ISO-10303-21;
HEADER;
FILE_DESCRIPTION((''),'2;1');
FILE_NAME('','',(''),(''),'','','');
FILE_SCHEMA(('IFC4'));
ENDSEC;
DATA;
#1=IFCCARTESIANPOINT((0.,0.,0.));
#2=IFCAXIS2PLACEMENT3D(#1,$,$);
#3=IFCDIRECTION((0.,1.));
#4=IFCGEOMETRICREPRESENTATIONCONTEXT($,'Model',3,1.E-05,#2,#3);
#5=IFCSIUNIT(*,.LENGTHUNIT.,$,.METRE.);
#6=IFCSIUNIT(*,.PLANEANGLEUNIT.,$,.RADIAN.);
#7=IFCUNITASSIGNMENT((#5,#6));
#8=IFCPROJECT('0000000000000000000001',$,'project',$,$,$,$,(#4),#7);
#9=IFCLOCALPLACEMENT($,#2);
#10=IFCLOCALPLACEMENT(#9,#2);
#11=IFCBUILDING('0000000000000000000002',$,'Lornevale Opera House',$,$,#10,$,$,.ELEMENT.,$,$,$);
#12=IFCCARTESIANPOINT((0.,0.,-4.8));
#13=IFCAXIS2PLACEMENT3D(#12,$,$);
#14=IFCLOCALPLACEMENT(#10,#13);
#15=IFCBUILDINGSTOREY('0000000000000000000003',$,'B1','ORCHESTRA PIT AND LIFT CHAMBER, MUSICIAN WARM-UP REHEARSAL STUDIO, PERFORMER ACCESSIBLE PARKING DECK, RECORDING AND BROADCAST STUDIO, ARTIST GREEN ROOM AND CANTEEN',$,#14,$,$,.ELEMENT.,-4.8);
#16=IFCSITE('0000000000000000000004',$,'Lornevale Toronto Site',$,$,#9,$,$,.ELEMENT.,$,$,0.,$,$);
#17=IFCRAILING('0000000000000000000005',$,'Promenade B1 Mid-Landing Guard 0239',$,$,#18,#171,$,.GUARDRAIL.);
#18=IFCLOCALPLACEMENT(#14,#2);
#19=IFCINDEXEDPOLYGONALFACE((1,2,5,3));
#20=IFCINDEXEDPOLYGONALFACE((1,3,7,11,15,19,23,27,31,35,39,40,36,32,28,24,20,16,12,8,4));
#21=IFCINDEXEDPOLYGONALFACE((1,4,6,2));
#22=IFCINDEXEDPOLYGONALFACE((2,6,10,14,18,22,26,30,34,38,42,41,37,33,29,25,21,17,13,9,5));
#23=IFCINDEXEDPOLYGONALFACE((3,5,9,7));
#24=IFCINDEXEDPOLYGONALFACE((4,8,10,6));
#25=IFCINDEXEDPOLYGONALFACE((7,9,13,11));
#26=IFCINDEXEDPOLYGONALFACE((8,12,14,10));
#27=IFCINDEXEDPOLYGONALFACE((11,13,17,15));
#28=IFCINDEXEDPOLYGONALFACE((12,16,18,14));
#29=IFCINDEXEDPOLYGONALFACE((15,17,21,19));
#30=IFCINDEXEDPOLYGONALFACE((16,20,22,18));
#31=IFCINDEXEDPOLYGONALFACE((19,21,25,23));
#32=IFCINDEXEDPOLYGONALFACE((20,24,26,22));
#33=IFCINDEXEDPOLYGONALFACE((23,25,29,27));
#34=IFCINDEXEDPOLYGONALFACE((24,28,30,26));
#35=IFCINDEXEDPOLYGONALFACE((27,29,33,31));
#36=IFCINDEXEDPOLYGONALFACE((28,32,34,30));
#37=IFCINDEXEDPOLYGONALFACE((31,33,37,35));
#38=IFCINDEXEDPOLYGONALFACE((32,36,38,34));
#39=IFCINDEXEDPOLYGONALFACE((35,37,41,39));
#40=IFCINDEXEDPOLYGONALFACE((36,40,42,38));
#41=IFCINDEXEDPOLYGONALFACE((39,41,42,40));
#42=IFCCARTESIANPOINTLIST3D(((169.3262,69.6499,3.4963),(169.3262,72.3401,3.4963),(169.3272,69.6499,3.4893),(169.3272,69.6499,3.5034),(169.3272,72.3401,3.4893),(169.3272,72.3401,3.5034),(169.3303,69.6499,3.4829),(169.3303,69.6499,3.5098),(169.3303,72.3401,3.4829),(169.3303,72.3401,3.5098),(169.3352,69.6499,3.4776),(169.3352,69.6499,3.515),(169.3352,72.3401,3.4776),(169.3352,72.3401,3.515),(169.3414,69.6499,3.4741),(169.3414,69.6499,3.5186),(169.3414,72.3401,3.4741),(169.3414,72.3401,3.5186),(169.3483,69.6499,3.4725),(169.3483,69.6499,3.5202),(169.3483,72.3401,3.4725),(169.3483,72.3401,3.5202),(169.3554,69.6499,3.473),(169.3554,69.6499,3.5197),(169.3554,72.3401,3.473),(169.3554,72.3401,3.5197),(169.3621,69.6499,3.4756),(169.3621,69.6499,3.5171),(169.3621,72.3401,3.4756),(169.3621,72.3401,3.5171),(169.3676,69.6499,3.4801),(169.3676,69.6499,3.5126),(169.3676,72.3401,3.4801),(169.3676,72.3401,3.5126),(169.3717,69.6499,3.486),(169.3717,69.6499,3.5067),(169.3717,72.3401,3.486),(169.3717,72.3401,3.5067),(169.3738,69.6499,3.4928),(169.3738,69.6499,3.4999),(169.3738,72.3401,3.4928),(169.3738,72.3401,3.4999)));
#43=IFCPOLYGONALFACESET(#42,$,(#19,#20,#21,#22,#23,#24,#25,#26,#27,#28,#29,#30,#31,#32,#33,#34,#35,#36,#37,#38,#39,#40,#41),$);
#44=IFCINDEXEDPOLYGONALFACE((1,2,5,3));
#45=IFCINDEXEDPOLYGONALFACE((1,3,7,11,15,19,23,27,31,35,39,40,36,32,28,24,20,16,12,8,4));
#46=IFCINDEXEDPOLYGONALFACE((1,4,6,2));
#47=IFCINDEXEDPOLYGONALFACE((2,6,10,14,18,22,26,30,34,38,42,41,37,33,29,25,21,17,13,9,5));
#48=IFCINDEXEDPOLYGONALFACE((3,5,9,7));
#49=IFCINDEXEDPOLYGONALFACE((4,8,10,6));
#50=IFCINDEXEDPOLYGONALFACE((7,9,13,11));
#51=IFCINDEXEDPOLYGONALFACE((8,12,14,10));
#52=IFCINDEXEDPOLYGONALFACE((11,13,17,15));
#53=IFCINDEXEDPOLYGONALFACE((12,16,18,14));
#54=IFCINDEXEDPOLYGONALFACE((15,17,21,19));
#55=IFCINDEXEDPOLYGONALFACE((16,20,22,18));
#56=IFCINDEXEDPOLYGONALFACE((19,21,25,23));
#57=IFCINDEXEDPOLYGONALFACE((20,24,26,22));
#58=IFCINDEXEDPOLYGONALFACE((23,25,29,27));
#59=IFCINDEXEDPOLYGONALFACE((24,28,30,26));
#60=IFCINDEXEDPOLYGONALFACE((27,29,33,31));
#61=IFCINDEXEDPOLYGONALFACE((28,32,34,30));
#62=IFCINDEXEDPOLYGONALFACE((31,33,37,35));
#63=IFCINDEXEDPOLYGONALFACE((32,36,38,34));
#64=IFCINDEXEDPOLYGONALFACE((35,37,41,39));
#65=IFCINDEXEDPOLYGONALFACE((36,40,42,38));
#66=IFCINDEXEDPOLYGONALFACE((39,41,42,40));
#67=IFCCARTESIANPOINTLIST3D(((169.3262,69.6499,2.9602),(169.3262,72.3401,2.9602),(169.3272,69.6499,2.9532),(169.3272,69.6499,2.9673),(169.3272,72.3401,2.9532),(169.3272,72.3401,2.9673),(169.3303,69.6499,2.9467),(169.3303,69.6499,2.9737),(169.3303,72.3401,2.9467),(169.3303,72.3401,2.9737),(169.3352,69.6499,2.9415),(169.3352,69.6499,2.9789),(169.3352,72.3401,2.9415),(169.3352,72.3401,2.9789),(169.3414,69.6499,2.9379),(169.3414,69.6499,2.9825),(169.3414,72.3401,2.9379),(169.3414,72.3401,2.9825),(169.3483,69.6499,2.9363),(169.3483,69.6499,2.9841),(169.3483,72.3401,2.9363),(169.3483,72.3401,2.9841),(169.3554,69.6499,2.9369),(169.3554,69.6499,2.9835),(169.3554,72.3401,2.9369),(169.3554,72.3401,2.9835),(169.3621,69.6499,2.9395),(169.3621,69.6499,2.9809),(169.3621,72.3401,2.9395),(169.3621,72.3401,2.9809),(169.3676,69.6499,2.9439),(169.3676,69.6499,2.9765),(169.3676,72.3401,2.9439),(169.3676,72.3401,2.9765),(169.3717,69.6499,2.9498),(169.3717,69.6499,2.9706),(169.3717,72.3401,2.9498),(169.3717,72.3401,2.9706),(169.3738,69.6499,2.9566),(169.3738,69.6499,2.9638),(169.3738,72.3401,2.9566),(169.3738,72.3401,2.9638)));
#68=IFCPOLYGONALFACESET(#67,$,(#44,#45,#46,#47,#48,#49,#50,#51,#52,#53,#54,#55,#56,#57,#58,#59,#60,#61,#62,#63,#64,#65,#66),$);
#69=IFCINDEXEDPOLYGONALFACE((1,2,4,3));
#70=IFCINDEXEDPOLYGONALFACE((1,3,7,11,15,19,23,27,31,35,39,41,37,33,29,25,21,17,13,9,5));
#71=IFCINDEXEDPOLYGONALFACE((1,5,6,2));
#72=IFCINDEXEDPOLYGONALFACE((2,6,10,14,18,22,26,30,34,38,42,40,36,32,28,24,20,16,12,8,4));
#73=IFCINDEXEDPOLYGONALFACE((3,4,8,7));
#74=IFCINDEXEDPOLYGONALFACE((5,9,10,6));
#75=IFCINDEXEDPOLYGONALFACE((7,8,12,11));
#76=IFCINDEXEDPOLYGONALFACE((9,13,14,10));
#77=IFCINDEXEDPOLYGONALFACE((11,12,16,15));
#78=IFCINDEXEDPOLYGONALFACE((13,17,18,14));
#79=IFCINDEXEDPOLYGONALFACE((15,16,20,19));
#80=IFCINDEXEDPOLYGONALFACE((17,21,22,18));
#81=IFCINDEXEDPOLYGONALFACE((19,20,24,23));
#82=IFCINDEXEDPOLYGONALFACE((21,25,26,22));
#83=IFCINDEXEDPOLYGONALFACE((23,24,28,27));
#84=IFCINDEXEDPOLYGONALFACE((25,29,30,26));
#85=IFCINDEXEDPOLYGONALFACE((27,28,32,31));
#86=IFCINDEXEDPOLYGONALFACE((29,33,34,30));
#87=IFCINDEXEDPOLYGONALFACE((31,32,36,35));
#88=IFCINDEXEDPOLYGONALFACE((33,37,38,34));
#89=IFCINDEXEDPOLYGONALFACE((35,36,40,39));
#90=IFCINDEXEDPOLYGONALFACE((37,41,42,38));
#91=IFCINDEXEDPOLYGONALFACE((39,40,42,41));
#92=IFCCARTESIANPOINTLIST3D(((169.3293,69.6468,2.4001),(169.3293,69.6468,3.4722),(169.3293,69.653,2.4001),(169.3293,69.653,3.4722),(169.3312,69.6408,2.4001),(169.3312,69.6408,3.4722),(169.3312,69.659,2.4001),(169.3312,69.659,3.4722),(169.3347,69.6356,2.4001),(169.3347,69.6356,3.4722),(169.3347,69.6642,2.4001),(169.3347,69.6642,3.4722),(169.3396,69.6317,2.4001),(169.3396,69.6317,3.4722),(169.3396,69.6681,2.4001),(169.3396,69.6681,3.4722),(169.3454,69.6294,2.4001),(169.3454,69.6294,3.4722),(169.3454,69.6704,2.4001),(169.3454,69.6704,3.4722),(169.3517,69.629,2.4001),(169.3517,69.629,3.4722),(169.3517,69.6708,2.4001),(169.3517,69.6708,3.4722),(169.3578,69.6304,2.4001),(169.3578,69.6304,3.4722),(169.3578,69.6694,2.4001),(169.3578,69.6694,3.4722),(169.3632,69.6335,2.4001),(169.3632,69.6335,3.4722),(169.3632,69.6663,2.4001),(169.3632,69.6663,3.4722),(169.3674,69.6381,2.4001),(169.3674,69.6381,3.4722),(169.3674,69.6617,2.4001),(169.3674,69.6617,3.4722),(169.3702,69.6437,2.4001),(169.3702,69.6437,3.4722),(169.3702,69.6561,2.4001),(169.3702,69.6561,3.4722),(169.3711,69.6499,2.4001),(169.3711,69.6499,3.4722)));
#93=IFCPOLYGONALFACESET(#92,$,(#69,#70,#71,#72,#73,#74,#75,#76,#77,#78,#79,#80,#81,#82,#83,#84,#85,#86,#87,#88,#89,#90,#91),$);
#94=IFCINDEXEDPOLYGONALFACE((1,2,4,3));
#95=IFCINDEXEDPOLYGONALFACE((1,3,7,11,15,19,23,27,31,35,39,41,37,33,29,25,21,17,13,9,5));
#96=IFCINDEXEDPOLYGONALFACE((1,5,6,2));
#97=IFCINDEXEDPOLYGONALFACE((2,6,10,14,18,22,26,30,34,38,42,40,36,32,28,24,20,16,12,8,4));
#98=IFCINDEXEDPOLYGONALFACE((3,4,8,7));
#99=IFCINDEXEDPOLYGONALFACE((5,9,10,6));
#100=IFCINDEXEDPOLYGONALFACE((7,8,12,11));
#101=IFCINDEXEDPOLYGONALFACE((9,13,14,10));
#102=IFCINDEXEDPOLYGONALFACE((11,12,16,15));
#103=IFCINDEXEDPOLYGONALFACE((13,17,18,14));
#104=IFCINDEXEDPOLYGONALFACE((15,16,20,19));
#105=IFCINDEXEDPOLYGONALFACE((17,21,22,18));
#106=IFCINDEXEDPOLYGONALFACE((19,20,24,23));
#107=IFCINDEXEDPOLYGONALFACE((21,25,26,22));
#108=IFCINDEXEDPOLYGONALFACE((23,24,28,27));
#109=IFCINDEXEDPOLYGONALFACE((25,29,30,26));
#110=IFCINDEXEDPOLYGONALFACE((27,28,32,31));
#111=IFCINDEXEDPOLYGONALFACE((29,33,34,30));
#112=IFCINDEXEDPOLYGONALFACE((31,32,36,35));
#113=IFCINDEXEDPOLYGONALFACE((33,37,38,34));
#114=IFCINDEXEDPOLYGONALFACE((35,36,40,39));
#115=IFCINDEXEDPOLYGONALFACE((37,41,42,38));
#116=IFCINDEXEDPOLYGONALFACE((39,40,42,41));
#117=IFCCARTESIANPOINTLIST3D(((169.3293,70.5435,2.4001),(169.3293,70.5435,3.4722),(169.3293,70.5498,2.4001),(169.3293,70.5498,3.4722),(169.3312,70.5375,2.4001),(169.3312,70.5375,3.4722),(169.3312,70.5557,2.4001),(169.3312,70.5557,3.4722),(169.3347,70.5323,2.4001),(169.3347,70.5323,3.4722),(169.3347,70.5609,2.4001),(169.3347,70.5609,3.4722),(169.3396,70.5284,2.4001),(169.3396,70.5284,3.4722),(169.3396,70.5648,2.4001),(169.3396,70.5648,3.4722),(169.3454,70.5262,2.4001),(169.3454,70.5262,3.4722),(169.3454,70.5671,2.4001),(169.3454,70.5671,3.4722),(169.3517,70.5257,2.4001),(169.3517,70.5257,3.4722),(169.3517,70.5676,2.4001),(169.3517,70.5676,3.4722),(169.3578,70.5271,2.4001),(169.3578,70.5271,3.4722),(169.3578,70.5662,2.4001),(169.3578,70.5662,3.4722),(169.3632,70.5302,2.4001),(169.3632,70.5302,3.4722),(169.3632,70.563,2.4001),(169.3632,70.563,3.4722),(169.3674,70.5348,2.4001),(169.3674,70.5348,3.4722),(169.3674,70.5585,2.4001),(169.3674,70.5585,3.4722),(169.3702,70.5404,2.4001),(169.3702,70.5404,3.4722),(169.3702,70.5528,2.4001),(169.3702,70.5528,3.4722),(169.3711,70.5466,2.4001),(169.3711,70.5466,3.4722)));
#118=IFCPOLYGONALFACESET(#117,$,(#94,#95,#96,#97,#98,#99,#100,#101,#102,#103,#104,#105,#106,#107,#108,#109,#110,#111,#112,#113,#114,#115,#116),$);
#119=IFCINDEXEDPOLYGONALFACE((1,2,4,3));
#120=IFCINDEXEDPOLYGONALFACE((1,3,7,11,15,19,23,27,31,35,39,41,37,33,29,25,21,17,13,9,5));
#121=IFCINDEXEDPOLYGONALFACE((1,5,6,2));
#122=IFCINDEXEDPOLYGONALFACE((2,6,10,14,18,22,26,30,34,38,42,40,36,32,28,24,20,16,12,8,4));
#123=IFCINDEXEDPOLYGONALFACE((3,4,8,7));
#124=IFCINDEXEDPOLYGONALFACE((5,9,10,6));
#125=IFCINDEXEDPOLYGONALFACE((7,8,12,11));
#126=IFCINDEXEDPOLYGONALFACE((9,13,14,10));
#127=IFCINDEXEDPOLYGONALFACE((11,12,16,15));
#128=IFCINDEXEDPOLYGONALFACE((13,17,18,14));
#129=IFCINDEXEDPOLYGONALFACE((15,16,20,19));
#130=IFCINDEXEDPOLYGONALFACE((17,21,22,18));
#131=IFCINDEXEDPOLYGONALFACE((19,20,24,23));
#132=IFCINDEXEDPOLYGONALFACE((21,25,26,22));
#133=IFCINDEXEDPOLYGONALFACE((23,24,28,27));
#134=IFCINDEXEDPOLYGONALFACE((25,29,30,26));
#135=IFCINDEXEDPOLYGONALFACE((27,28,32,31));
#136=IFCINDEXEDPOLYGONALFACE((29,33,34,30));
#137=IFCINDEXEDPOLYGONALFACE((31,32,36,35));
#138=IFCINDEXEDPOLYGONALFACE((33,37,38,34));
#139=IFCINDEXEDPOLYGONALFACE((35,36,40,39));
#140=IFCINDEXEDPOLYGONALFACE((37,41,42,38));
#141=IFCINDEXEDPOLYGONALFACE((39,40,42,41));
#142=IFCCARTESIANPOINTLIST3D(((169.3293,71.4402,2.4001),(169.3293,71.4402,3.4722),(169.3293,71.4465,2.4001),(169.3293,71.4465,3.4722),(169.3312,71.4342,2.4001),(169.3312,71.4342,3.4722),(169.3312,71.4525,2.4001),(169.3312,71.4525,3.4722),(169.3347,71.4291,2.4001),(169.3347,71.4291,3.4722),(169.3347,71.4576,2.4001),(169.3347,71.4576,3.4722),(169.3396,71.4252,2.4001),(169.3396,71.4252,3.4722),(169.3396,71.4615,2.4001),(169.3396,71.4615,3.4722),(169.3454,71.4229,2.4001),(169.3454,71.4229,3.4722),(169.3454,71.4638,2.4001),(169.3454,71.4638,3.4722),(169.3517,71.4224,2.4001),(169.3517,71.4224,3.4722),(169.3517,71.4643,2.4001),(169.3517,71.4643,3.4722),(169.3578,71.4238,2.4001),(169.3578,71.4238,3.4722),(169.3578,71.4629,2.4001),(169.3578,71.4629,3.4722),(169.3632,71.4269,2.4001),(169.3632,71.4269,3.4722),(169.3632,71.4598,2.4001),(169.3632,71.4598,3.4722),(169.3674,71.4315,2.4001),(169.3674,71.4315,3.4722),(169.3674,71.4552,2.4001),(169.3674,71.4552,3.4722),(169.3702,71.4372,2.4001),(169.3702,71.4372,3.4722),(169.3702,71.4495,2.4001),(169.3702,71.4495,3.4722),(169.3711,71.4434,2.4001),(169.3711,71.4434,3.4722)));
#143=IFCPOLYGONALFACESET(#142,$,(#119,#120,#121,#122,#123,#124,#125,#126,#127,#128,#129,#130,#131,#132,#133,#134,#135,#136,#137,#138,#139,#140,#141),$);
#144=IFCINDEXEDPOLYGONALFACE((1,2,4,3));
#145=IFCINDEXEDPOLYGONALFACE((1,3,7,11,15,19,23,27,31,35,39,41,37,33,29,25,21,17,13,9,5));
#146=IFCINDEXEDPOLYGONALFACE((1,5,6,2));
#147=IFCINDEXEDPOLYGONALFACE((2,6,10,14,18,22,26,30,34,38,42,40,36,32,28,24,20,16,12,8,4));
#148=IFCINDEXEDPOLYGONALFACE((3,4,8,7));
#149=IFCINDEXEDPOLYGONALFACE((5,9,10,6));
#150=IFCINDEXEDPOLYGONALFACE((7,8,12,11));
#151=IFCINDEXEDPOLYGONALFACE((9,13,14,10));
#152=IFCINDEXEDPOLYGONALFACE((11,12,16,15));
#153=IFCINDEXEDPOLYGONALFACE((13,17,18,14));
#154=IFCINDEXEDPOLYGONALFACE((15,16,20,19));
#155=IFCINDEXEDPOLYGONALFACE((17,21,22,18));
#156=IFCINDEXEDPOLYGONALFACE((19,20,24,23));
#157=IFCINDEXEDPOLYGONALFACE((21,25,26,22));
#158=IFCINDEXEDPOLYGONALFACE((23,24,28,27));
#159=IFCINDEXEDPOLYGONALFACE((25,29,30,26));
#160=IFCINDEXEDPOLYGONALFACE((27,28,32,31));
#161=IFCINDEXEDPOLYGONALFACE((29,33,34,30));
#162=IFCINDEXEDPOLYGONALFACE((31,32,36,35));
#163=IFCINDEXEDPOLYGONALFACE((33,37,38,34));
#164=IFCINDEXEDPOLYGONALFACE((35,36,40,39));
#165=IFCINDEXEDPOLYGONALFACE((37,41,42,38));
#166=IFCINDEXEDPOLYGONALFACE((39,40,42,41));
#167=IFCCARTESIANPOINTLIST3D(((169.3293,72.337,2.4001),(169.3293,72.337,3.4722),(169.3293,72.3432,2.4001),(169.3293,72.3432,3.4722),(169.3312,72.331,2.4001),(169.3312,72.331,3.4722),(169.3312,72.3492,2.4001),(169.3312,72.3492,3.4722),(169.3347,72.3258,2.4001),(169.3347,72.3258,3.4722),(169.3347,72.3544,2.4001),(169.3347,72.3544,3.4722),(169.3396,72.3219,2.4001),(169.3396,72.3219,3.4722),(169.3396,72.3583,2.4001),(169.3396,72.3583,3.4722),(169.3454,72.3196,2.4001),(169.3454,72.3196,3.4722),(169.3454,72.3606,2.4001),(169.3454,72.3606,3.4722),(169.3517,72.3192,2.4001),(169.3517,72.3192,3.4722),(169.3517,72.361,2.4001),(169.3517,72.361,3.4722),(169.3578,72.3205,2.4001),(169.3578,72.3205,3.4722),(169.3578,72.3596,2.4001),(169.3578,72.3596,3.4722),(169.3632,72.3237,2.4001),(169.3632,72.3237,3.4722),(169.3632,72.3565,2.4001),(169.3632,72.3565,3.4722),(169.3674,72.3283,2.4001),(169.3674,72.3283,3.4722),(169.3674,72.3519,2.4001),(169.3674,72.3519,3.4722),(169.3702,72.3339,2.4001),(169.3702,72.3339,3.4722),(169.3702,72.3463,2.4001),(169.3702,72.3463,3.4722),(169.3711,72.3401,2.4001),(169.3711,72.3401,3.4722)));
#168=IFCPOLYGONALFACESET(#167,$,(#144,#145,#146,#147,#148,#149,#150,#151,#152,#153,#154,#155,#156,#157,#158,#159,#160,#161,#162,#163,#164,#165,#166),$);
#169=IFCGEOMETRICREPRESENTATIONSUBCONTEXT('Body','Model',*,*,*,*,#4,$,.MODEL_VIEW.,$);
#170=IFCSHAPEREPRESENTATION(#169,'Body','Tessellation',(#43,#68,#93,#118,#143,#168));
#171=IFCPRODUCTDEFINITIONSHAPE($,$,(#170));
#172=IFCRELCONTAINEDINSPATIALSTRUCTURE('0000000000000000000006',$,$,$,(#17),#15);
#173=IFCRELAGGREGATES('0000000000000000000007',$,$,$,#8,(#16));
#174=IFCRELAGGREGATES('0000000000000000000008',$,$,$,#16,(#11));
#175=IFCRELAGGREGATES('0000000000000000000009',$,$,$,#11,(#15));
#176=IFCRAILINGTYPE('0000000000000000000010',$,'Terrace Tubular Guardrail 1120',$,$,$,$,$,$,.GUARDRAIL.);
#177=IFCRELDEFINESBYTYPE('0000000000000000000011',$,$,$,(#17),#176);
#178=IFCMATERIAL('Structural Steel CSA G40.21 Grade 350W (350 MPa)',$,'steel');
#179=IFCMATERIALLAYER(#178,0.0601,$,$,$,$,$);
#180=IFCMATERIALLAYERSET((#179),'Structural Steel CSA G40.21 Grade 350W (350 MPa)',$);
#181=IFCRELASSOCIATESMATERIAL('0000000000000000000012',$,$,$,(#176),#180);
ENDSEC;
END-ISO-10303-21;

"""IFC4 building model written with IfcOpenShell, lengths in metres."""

from ifc_helpers import new_model, si_unit, direction, frame, origin, origin_2d, place, context, subcontext, project, spatial, circle, extrude, material, layer, layer_set, type_object, element, save


model = new_model("IFC4")

# Units and contexts
model_context = context("Model", 3, precision=1e-05, world=origin(), true_north=direction((0.0, 1.0)))
body_context = subcontext(model_context, "Body", "Model", "MODEL_VIEW")
ifc_project = project(units=[si_unit("LENGTHUNIT", "METRE"), si_unit("PLANEANGLEUNIT", "RADIAN")], contexts=[model_context])

# Site, building, storey
site_placement = place(None, origin())
site = spatial("IfcSite", under=ifc_project, at=site_placement, Name="Lornevale Toronto Site", CompositionType="ELEMENT", RefElevation=0.0)
building_placement = place(site_placement, origin())
building = spatial("IfcBuilding", under=site, at=building_placement, Name="Lornevale Opera House", CompositionType="ELEMENT")
storey_placement = place(building_placement, frame((0.0, 0.0, -4.8)))
storey = spatial("IfcBuildingStorey", under=building, at=storey_placement, Name="B1", Description="ORCHESTRA PIT AND LIFT CHAMBER, MUSICIAN WARM-UP REHEARSAL STUDIO, PERFORMER ACCESSIBLE PARKING DECK, RECORDING AND BROADCAST STUDIO, ARTIST GREEN ROOM AND CANTEEN", CompositionType="ELEMENT", Elevation=-4.8)

# Shared definitions
ifc_material_1 = material(Name="Structural Steel CSA G40.21 Grade 350W (350 MPa)", Category="steel")

# Railing
ifc_layer_1 = layer(ifc_material_1, 0.0601)
ifc_layer_set_1 = layer_set([ifc_layer_1], Name="Structural Steel CSA G40.21 Grade 350W (350 MPa)")
railing_type = type_object("IfcRailingType", Name="Terrace Tubular Guardrail 1120", PredefinedType="GUARDRAIL", material=ifc_layer_set_1)
for number, where, name in (
    (1, (169.3501, 69.6499, 2.4001), "Promenade B1 Mid-Landing Guard 0239"),
):
    element("IfcRailing", number, at=place(storey_placement, frame(where)), inside=storey, type_object=railing_type, Name=name, PredefinedType="GUARDRAIL", context=body_context, shape_type="SweptSolid", body=[
        extrude(circle(Radius=0.0239, at=origin_2d()), frame((0.0, 0.0, 1.0962), z_axis=(0.0, 1.0, 0.0), x_axis=(-1.0, 0.0, 0.0)), (0.0, 0.0, 1.0), 2.6902),
        extrude(circle(Radius=0.0239, at=origin_2d()), frame((0.0, 0.0, 0.5601), z_axis=(0.0, 1.0, 0.0), x_axis=(-1.0, 0.0, 0.0)), (0.0, 0.0, 1.0), 2.6902),
        extrude(circle(Radius=0.021, at=origin_2d()), origin(), (0.0, 0.0, 1.0), 1.072),
        extrude(circle(Radius=0.021, at=origin_2d()), frame((0.0, 0.8967, 0.0)), (0.0, 0.0, 1.0), 1.072),
        extrude(circle(Radius=0.021, at=origin_2d()), frame((0.0, 1.7935, 0.0)), (0.0, 0.0, 1.0), 1.072),
        extrude(circle(Radius=0.021, at=origin_2d()), frame((0.0, 2.6902, 0.0)), (0.0, 0.0, 1.0), 1.072),
    ])

save(model, "model.ifc")
